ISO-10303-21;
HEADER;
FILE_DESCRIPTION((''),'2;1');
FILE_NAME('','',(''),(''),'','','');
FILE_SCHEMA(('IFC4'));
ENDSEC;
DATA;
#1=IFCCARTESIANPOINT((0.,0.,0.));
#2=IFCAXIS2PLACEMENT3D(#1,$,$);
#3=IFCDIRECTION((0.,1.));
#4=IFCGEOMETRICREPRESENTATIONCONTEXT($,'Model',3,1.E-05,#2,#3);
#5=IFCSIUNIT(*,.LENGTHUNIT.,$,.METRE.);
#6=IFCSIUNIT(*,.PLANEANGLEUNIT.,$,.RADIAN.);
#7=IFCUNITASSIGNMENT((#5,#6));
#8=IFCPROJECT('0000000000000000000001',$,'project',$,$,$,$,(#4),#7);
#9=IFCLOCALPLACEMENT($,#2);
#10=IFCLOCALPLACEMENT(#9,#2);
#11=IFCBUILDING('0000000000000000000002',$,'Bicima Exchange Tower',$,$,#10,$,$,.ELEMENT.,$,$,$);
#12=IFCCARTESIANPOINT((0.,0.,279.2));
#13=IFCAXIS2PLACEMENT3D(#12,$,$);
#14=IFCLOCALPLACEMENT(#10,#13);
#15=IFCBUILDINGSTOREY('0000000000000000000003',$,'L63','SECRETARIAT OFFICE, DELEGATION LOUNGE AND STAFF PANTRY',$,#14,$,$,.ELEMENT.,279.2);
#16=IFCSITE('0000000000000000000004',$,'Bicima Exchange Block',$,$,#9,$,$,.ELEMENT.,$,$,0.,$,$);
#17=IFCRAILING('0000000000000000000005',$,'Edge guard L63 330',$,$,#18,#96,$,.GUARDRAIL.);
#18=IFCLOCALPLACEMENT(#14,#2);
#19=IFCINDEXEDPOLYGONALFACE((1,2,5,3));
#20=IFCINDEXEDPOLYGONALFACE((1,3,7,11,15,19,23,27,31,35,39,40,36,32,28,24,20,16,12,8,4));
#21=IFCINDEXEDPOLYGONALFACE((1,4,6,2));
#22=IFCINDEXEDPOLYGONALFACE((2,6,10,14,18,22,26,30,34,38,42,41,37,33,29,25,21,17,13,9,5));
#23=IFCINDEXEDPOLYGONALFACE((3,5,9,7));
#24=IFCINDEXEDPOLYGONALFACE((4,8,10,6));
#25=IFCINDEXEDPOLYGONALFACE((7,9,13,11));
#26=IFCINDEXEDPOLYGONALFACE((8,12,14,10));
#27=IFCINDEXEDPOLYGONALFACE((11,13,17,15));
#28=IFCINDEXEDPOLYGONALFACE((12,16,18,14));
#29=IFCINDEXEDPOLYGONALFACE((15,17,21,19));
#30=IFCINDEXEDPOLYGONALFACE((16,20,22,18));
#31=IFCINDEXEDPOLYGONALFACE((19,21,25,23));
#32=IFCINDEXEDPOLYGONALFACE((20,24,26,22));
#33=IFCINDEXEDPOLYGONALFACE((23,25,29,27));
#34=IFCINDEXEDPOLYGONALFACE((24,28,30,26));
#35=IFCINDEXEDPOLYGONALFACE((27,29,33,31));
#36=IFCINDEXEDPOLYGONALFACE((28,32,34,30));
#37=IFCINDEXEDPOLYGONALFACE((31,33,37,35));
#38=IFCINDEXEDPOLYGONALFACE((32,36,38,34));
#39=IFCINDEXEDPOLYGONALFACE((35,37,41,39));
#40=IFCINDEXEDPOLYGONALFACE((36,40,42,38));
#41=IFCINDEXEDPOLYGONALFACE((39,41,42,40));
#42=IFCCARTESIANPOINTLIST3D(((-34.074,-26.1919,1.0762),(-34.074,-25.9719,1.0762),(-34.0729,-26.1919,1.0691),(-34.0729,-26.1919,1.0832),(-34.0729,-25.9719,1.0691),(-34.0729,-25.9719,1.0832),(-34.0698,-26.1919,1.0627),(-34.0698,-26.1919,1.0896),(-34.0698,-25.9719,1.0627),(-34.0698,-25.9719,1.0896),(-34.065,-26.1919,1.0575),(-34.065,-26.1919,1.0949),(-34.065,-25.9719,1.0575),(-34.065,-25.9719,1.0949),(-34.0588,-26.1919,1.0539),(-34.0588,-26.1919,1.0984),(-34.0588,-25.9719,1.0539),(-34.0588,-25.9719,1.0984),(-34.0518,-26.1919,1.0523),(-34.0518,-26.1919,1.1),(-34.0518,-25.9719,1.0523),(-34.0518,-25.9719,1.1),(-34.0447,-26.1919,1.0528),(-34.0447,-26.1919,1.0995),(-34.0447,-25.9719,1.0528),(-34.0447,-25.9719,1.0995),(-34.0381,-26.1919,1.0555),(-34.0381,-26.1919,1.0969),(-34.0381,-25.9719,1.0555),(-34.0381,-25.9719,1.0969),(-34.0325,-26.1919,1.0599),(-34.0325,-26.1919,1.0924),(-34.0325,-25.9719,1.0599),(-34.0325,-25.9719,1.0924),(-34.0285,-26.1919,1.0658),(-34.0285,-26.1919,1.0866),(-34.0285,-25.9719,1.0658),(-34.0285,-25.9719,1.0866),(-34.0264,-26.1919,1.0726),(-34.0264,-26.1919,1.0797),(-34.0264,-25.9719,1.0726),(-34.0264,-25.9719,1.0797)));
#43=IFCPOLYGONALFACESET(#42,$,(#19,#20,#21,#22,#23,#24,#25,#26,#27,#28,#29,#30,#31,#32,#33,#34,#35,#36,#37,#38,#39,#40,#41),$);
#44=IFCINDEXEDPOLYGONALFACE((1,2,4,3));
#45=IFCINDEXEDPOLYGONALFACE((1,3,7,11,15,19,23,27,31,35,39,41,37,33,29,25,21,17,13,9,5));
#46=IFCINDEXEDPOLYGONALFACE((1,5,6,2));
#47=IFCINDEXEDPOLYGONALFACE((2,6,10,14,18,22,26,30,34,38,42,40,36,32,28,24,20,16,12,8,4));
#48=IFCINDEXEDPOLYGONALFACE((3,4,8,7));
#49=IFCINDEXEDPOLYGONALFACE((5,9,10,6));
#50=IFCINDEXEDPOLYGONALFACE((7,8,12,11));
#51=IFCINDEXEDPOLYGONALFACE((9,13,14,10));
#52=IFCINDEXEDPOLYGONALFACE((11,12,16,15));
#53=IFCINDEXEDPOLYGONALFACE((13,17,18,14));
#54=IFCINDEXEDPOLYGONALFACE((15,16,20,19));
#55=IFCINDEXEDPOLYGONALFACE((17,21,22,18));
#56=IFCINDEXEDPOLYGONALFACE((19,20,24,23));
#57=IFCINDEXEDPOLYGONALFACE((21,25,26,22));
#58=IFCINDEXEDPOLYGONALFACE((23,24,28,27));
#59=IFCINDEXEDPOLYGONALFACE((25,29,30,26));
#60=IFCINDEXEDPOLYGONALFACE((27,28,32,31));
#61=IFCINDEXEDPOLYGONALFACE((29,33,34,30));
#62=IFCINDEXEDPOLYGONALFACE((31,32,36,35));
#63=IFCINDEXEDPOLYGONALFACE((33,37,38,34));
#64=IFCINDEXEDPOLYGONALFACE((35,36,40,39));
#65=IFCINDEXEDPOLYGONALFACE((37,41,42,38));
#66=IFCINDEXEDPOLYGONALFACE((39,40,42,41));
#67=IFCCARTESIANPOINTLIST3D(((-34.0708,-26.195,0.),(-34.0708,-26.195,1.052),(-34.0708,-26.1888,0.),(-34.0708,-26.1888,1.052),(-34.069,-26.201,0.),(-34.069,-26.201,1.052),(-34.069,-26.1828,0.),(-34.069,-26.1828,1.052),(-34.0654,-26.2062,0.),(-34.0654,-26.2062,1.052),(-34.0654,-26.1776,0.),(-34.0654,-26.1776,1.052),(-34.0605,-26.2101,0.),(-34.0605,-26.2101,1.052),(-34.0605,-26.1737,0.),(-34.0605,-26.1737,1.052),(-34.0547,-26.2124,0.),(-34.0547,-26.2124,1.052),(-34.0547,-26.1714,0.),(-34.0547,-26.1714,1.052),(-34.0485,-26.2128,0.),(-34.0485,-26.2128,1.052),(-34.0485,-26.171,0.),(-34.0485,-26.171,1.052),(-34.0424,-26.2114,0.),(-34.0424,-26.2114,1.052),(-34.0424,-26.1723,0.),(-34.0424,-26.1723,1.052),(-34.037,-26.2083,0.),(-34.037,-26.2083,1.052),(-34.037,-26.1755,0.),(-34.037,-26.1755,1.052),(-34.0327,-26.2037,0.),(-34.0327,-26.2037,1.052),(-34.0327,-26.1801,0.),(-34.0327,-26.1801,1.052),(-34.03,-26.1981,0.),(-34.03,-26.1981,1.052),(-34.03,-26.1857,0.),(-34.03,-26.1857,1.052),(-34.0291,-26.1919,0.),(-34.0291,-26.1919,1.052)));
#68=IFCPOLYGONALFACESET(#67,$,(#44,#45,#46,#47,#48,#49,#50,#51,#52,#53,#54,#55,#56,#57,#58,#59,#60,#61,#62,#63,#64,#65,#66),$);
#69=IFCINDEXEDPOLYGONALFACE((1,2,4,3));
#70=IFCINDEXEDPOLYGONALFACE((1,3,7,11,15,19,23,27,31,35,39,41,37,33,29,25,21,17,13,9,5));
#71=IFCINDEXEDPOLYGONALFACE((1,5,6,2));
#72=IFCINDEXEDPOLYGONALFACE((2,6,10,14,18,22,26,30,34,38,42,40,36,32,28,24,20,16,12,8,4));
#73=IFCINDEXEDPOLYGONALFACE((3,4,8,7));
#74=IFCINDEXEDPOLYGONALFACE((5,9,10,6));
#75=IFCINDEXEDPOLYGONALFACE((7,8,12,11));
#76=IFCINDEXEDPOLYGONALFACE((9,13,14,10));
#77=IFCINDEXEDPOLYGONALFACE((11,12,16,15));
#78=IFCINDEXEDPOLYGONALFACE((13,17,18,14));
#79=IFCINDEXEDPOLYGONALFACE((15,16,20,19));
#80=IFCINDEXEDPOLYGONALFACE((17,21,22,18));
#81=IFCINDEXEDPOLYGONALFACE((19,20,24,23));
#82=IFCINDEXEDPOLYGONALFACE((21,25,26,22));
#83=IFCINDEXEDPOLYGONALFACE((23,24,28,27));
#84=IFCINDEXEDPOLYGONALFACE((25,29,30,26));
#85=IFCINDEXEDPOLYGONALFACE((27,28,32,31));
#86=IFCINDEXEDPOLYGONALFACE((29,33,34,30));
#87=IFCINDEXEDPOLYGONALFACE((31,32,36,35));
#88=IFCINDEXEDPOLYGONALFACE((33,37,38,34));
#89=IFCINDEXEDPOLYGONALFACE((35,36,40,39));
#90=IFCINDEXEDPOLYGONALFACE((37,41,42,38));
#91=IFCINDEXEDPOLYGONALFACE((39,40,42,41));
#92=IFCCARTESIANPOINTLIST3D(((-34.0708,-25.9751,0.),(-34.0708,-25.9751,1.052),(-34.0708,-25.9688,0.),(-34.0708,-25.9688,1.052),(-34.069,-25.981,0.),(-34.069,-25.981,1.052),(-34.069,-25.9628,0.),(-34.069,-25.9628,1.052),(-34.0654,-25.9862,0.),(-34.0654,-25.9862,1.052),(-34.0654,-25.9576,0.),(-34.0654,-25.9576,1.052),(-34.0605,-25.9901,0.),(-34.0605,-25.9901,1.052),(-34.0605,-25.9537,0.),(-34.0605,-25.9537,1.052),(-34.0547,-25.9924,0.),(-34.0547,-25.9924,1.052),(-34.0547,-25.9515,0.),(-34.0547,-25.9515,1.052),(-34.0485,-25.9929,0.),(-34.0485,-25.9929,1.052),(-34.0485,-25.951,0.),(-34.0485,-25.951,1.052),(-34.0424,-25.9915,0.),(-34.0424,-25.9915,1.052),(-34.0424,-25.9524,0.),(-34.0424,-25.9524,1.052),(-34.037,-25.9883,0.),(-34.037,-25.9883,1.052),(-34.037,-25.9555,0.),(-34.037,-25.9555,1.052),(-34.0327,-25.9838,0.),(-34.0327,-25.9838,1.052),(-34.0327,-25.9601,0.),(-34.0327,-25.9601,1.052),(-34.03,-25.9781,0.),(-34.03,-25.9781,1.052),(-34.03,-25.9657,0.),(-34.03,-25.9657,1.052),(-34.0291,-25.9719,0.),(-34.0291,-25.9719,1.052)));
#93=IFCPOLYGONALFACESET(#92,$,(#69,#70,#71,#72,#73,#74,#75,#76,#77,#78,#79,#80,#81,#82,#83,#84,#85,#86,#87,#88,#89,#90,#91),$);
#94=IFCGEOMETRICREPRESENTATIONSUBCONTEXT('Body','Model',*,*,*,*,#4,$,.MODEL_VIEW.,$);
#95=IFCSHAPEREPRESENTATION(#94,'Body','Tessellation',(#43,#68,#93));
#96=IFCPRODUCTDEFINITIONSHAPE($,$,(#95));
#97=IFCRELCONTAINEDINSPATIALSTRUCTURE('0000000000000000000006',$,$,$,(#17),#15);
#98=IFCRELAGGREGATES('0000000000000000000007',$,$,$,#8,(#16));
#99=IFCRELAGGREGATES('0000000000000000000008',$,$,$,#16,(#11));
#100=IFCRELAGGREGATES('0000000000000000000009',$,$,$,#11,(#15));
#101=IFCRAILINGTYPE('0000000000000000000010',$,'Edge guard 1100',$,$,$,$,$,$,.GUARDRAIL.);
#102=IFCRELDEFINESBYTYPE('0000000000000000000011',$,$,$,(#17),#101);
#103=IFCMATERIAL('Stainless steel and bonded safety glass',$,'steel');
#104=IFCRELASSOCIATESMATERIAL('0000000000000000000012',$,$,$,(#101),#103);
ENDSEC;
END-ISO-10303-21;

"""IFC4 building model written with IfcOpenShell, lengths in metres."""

from ifc_helpers import new_model, si_unit, direction, frame, origin, origin_2d, place, context, subcontext, project, spatial, circle, extrude, material, type_object, element, save


model = new_model("IFC4")

# Units and contexts
model_context = context("Model", 3, precision=1e-05, world=origin(), true_north=direction((0.0, 1.0)))
body_context = subcontext(model_context, "Body", "Model", "MODEL_VIEW")
ifc_project = project(units=[si_unit("LENGTHUNIT", "METRE"), si_unit("PLANEANGLEUNIT", "RADIAN")], contexts=[model_context])

# Site, building, storey
site_placement = place(None, origin())
site = spatial("IfcSite", under=ifc_project, at=site_placement, Name="Bicima Exchange Block", CompositionType="ELEMENT", RefElevation=0.0)
building_placement = place(site_placement, origin())
building = spatial("IfcBuilding", under=site, at=building_placement, Name="Bicima Exchange Tower", CompositionType="ELEMENT")
storey_placement = place(building_placement, frame((0.0, 0.0, 279.2)))
storey = spatial("IfcBuildingStorey", under=building, at=storey_placement, Name="L63", Description="SECRETARIAT OFFICE, DELEGATION LOUNGE AND STAFF PANTRY", CompositionType="ELEMENT", Elevation=279.2)

# Railing
ifc_material_1 = material(Name="Stainless steel and bonded safety glass", Category="steel")
railing_type = type_object("IfcRailingType", Name="Edge guard 1100", PredefinedType="GUARDRAIL", material=ifc_material_1)
railing_1_placement = place(storey_placement, frame((-34.05, -26.1919, 0.0)))
element("IfcRailing", 1, at=railing_1_placement, inside=storey, type_object=railing_type, Name="Edge guard L63 330", PredefinedType="GUARDRAIL", context=body_context, shape_type="SweptSolid", body=[
    extrude(circle(Radius=0.0239, at=origin_2d()), frame((0.0, 0.0, 1.0762), z_axis=(0.0, 1.0, 0.0), x_axis=(-1.0, 0.0, 0.0)), (0.0, 0.0, 1.0), 0.22),
    extrude(circle(Radius=0.021, at=origin_2d()), origin(), (0.0, 0.0, 1.0), 1.052),
    extrude(circle(Radius=0.021, at=origin_2d()), frame((0.0, 0.22, 0.0)), (0.0, 0.0, 1.0), 1.052),
])

save(model, "model.ifc")
